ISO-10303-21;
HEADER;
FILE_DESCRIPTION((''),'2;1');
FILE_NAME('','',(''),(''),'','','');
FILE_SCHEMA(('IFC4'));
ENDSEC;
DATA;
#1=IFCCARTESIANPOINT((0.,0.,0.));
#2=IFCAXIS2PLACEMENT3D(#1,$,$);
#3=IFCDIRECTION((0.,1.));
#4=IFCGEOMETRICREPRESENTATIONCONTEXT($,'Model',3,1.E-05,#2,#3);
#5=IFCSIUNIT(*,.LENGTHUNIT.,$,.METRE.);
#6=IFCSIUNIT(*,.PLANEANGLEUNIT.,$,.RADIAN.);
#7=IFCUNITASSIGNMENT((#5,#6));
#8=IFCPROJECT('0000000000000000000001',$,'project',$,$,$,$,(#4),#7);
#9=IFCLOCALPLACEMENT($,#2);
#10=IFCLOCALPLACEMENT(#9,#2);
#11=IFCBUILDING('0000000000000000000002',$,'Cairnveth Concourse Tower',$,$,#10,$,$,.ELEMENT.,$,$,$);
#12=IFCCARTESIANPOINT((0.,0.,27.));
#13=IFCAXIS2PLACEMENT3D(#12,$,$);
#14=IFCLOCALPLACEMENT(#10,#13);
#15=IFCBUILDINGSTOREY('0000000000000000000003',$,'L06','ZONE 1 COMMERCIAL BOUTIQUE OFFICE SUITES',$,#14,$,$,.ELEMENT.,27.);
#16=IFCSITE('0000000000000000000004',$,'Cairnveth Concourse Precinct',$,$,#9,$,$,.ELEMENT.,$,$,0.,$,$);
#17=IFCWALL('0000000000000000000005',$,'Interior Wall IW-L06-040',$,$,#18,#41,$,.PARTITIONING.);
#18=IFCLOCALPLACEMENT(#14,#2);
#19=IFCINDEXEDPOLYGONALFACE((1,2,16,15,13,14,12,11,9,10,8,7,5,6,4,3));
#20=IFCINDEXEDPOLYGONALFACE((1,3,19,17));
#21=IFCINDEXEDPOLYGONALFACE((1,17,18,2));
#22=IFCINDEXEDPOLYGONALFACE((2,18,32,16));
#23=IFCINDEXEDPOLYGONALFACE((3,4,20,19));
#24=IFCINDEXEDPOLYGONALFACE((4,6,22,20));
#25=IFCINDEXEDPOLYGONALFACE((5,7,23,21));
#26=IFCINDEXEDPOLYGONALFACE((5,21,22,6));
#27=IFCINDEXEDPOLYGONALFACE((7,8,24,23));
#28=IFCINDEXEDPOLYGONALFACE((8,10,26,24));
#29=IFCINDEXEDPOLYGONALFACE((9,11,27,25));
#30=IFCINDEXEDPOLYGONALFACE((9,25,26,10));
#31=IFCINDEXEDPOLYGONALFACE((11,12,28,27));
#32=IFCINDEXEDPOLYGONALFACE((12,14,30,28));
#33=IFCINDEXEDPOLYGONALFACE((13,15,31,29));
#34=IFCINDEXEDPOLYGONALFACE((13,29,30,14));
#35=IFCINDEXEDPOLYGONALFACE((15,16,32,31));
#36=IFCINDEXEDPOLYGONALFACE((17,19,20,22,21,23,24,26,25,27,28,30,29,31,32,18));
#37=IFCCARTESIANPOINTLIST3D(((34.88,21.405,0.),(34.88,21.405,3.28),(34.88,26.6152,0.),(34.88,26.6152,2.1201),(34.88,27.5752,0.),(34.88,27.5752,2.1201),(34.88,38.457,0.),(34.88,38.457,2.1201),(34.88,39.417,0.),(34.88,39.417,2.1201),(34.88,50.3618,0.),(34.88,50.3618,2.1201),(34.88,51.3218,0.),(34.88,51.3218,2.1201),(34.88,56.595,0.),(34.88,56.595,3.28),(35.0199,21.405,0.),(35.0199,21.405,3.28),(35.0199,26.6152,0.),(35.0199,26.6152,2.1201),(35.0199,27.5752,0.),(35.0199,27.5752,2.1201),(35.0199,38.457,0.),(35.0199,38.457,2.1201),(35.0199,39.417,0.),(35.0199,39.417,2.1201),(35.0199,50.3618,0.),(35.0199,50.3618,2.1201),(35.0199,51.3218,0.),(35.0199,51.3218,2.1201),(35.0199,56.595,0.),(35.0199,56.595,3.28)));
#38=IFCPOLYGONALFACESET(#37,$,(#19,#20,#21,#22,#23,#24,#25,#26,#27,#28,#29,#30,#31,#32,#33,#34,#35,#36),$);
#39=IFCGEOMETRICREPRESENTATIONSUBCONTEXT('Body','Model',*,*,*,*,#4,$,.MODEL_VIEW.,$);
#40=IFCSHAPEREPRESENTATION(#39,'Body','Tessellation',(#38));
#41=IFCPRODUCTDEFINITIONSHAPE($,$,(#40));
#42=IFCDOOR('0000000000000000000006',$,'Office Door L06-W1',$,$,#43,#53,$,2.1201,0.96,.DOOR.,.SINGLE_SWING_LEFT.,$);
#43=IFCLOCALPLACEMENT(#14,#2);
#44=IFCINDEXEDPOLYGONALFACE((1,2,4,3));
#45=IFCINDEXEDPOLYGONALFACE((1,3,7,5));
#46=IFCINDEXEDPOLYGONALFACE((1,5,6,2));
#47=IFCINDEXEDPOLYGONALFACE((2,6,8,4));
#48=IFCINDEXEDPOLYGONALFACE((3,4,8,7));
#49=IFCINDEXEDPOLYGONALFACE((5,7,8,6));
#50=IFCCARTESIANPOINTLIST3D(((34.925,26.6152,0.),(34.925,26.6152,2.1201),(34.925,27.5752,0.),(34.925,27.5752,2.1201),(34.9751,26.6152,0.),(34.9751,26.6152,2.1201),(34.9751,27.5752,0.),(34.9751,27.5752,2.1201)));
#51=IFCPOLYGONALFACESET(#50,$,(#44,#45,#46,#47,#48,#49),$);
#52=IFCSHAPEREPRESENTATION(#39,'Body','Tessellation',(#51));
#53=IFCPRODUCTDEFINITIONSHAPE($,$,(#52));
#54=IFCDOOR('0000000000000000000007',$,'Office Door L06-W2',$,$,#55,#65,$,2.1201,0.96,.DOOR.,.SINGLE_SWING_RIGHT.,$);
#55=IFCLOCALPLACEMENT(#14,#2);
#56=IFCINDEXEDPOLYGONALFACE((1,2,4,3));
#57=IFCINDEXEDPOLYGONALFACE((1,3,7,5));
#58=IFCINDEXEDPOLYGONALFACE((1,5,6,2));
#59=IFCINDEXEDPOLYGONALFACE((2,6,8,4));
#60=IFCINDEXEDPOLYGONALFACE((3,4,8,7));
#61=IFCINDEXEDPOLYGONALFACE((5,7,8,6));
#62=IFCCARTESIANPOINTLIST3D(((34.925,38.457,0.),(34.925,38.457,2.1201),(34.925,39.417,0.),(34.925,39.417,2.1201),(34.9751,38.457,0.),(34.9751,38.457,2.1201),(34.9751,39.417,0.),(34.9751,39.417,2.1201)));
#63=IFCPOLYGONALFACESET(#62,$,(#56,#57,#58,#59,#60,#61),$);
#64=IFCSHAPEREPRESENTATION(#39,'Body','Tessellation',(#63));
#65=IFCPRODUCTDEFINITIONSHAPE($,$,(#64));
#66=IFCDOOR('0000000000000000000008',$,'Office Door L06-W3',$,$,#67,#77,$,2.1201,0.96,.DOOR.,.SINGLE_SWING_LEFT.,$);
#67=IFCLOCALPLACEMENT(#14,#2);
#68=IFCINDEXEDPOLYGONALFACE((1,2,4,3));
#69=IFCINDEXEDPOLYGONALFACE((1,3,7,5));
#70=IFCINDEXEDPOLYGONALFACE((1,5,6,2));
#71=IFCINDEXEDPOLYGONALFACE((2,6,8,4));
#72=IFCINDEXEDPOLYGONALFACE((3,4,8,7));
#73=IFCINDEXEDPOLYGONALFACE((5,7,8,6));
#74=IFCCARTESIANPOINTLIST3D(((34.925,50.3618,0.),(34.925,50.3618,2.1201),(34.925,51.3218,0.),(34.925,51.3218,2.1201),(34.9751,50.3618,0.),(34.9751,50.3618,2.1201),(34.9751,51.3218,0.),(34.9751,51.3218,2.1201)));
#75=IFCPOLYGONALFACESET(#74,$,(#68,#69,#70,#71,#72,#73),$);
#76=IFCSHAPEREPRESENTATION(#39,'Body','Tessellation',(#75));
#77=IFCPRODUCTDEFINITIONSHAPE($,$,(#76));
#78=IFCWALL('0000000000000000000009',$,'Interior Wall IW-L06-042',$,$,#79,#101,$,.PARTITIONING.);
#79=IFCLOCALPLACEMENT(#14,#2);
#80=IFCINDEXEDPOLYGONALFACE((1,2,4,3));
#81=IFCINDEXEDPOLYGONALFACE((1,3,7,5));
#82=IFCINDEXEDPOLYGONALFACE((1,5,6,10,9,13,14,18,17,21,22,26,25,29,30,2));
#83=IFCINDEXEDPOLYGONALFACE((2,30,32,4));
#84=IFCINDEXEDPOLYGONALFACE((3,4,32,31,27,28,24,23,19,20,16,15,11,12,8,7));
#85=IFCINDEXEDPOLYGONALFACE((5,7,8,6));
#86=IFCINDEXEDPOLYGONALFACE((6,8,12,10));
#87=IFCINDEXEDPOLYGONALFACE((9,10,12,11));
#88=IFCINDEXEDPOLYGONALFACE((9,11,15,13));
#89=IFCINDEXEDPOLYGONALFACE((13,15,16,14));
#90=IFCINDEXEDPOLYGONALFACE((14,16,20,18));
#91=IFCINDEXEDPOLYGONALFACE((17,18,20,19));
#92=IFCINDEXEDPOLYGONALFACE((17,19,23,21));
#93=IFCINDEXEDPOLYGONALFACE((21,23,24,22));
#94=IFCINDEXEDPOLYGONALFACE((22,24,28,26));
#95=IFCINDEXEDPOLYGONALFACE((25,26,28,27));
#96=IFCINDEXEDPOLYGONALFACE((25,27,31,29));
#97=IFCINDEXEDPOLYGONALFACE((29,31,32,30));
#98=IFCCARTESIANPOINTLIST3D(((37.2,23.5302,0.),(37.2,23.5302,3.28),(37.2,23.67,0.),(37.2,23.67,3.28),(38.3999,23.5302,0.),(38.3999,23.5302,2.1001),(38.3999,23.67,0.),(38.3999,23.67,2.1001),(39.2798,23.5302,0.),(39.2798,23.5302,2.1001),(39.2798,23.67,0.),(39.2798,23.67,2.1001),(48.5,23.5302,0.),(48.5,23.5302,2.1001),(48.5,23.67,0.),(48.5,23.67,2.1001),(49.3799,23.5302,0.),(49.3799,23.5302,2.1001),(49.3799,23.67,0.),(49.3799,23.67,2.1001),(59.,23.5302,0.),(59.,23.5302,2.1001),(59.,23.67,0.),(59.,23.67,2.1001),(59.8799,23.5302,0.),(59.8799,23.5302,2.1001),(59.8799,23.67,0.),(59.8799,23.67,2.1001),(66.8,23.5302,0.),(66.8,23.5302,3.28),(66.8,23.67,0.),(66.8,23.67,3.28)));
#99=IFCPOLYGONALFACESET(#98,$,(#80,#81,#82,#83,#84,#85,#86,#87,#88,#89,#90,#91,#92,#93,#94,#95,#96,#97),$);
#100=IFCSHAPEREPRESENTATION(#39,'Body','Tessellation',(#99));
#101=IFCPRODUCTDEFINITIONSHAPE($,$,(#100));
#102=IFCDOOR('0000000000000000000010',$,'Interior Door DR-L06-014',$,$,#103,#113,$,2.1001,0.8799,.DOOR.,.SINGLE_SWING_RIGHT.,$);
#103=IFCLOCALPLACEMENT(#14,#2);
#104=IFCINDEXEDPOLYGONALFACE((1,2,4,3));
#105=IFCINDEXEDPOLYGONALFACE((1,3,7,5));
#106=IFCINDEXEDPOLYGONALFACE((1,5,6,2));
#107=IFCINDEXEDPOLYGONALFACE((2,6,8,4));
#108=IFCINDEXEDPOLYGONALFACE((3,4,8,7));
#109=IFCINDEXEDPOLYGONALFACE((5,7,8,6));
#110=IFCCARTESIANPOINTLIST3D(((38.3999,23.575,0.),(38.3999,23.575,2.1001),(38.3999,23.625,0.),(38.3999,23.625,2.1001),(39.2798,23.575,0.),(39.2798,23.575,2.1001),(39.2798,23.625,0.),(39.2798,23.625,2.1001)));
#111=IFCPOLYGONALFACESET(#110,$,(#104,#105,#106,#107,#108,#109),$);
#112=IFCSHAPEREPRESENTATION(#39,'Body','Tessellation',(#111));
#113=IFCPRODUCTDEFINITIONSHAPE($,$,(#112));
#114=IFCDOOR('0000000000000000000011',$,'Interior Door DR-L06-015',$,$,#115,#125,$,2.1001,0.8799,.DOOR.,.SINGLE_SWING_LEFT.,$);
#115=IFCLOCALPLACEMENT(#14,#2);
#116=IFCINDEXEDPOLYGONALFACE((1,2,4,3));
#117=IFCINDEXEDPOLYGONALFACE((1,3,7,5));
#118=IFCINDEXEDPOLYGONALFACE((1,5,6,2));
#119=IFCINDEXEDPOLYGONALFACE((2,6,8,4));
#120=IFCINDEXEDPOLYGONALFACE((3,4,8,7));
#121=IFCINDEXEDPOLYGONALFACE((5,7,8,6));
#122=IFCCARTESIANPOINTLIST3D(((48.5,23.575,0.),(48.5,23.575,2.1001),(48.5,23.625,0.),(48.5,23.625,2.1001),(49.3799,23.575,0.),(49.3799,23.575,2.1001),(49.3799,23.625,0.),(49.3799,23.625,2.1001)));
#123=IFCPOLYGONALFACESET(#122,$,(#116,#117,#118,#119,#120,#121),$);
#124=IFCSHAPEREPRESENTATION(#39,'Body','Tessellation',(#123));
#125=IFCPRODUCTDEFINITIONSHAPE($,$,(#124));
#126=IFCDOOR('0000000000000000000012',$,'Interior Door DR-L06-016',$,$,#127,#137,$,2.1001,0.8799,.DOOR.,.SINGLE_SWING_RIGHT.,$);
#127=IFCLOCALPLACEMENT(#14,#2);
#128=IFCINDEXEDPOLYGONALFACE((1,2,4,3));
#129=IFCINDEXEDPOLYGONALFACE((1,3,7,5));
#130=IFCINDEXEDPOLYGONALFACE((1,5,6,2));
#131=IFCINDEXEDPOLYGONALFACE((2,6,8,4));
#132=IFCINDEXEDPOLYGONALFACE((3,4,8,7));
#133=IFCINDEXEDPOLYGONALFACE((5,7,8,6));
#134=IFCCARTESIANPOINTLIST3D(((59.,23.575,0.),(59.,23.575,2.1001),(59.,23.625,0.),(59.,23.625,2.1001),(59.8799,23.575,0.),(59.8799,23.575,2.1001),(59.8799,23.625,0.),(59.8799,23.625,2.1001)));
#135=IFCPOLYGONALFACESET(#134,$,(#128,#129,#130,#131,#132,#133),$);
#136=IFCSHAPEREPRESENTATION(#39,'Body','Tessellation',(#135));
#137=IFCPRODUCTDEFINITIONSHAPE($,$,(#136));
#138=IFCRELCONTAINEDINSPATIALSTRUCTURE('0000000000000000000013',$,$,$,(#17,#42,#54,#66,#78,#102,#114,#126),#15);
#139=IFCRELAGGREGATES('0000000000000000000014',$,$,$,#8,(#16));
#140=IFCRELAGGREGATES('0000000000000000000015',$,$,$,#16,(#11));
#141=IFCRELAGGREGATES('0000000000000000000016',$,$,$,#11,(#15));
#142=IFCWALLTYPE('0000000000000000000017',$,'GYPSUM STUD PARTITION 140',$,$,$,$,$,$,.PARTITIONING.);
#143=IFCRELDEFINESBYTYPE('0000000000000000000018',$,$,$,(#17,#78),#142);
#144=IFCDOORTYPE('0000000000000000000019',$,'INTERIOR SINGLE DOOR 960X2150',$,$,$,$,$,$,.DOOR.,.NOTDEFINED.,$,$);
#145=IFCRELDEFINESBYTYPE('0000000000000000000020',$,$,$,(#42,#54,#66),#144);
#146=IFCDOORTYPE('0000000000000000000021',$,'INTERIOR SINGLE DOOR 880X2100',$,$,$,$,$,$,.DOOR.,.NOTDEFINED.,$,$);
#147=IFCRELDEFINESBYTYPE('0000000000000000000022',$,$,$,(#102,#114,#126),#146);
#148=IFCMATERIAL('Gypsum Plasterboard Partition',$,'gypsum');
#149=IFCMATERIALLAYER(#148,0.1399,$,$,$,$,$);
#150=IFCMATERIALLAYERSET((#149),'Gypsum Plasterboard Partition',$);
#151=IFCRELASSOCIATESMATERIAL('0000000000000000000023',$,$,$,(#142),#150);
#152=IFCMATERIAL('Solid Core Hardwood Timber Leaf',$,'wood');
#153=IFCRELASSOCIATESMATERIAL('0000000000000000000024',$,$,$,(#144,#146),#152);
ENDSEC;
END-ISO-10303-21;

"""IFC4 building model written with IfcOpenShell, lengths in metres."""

from ifc_helpers import new_model, si_unit, direction, frame, frame_2d, origin, place, context, subcontext, project, spatial, rectangle, extrude, material, layer, layer_set, type_object, element, fill, save


model = new_model("IFC4")

# Units and contexts
model_context = context("Model", 3, precision=1e-05, world=origin(), true_north=direction((0.0, 1.0)))
body_context = subcontext(model_context, "Body", "Model", "MODEL_VIEW")
ifc_project = project(units=[si_unit("LENGTHUNIT", "METRE"), si_unit("PLANEANGLEUNIT", "RADIAN")], contexts=[model_context])

# Site, building, storey
site_placement = place(None, origin())
site = spatial("IfcSite", under=ifc_project, at=site_placement, Name="Cairnveth Concourse Precinct", CompositionType="ELEMENT", RefElevation=0.0)
building_placement = place(site_placement, origin())
building = spatial("IfcBuilding", under=site, at=building_placement, Name="Cairnveth Concourse Tower", CompositionType="ELEMENT")
storey_placement = place(building_placement, frame((0.0, 0.0, 27.0)))
storey = spatial("IfcBuildingStorey", under=building, at=storey_placement, Name="L06", Description="ZONE 1 COMMERCIAL BOUTIQUE OFFICE SUITES", CompositionType="ELEMENT", Elevation=27.0)

# Walls, openings, doors
ifc_material_1 = material(Name="Gypsum Plasterboard Partition", Category="gypsum")
ifc_layer_1 = layer(ifc_material_1, 0.1399)
ifc_layer_set_1 = layer_set([ifc_layer_1], Name="Gypsum Plasterboard Partition")
wall_type_1 = type_object("IfcWallType", Name="GYPSUM STUD PARTITION 140", PredefinedType="PARTITIONING", material=ifc_layer_set_1)
ifc_material_2 = material(Name="Solid Core Hardwood Timber Leaf", Category="wood")
door_type_1 = type_object("IfcDoorType", Name="INTERIOR SINGLE DOOR 960X2150", OperationType="NOTDEFINED", PredefinedType="DOOR", material=ifc_material_2)
wall_1_placement = place(storey_placement, frame((34.95, 21.405, 0.0), z_axis=(0.0, 0.0, 1.0), x_axis=(0.0, 1.0, 0.0)))
wall_1 = element("IfcWall", 1, at=wall_1_placement, inside=storey, type_object=wall_type_1, Name="Interior Wall IW-L06-040", PredefinedType="PARTITIONING", context=body_context, shape_type="SweptSolid", body=[
    extrude(rectangle(XDim=35.1899, YDim=0.1399, at=frame_2d((17.595, 0.0))), origin(), (0.0, 0.0, 1.0), 3.28),
])
opening_1_placement = place(wall_1_placement, frame((5.2102, 0.0, 0.0)))
opening_1 = element("IfcOpeningElement", 2, at=opening_1_placement, cuts=wall_1, PredefinedType="OPENING", context=body_context, shape_type="SweptSolid", body=[
    extrude(rectangle(XDim=0.96, YDim=2.1201, at=frame_2d((0.48, 1.0601))), frame((0.0, 0.0798, 0.0), z_axis=(0.0, -1.0, 0.0), x_axis=(1.0, 0.0, 0.0)), (0.0, 0.0, 1.0), 0.1599),
])
opening_2_placement = place(wall_1_placement, frame((17.052, 0.0, 0.0)))
opening_2 = element("IfcOpeningElement", 3, at=opening_2_placement, cuts=wall_1, PredefinedType="OPENING", context=body_context, shape_type="SweptSolid", body=[
    extrude(rectangle(XDim=0.96, YDim=2.1201, at=frame_2d((0.48, 1.0601))), frame((0.0, 0.0798, 0.0), z_axis=(0.0, -1.0, 0.0), x_axis=(1.0, 0.0, 0.0)), (0.0, 0.0, 1.0), 0.1599),
])
opening_3_placement = place(wall_1_placement, frame((28.9568, 0.0, 0.0)))
opening_3 = element("IfcOpeningElement", 4, at=opening_3_placement, cuts=wall_1, PredefinedType="OPENING", context=body_context, shape_type="SweptSolid", body=[
    extrude(rectangle(XDim=0.96, YDim=2.1201, at=frame_2d((0.48, 1.0601))), frame((0.0, 0.0798, 0.0), z_axis=(0.0, -1.0, 0.0), x_axis=(1.0, 0.0, 0.0)), (0.0, 0.0, 1.0), 0.1599),
])
door_1_placement = place(opening_1_placement, origin())
door_1 = element("IfcDoor", 5, at=door_1_placement, inside=storey, type_object=door_type_1, Name="Office Door L06-W1", OperationType="SINGLE_SWING_LEFT", OverallHeight=2.1201, OverallWidth=0.96, PredefinedType="DOOR", context=body_context, shape_type="SweptSolid", body=[
    extrude(rectangle(XDim=0.96, YDim=2.1201, at=frame_2d((0.48, 1.0601))), frame((0.0, 0.0249, 0.0), z_axis=(0.0, -1.0, 0.0), x_axis=(1.0, 0.0, 0.0)), (0.0, 0.0, 1.0), 0.05),
])
fill(opening_1, door_1)
door_2_placement = place(opening_2_placement, origin())
door_2 = element("IfcDoor", 6, at=door_2_placement, inside=storey, type_object=door_type_1, Name="Office Door L06-W2", OperationType="SINGLE_SWING_RIGHT", OverallHeight=2.1201, OverallWidth=0.96, PredefinedType="DOOR", context=body_context, shape_type="SweptSolid", body=[
    extrude(rectangle(XDim=0.96, YDim=2.1201, at=frame_2d((0.48, 1.0601))), frame((0.0, 0.0249, 0.0), z_axis=(0.0, -1.0, 0.0), x_axis=(1.0, 0.0, 0.0)), (0.0, 0.0, 1.0), 0.05),
])
fill(opening_2, door_2)
door_3_placement = place(opening_3_placement, origin())
door_3 = element("IfcDoor", 7, at=door_3_placement, inside=storey, type_object=door_type_1, Name="Office Door L06-W3", OperationType="SINGLE_SWING_LEFT", OverallHeight=2.1201, OverallWidth=0.96, PredefinedType="DOOR", context=body_context, shape_type="SweptSolid", body=[
    extrude(rectangle(XDim=0.96, YDim=2.1201, at=frame_2d((0.48, 1.0601))), frame((0.0, 0.0249, 0.0), z_axis=(0.0, -1.0, 0.0), x_axis=(1.0, 0.0, 0.0)), (0.0, 0.0, 1.0), 0.05),
])
fill(opening_3, door_3)
wall_2_placement = place(storey_placement, frame((37.2, 23.6001, 0.0), z_axis=(0.0, 0.0, 1.0), x_axis=(1.0, 0.0, 0.0)))
wall_2 = element("IfcWall", 8, at=wall_2_placement, inside=storey, type_object=wall_type_1, Name="Interior Wall IW-L06-042", PredefinedType="PARTITIONING", context=body_context, shape_type="SweptSolid", body=[
    extrude(rectangle(XDim=29.6001, YDim=0.1399, at=frame_2d((14.8, 0.0))), origin(), (0.0, 0.0, 1.0), 3.28),
])
opening_4_placement = place(wall_2_placement, frame((1.2, 0.0, 0.0)))
opening_4 = element("IfcOpeningElement", 9, at=opening_4_placement, cuts=wall_2, PredefinedType="OPENING", context=body_context, shape_type="SweptSolid", body=[
    extrude(rectangle(XDim=0.8799, YDim=2.1001, at=frame_2d((0.4399, 1.05))), frame((0.0, 0.0798, 0.0), z_axis=(0.0, -1.0, 0.0), x_axis=(1.0, 0.0, 0.0)), (0.0, 0.0, 1.0), 0.1599),
])
opening_5_placement = place(wall_2_placement, frame((11.3, 0.0, 0.0)))
opening_5 = element("IfcOpeningElement", 10, at=opening_5_placement, cuts=wall_2, PredefinedType="OPENING", context=body_context, shape_type="SweptSolid", body=[
    extrude(rectangle(XDim=0.8799, YDim=2.1001, at=frame_2d((0.4399, 1.05))), frame((0.0, 0.0798, 0.0), z_axis=(0.0, -1.0, 0.0), x_axis=(1.0, 0.0, 0.0)), (0.0, 0.0, 1.0), 0.1599),
])
opening_6_placement = place(wall_2_placement, frame((21.8, 0.0, 0.0)))
opening_6 = element("IfcOpeningElement", 11, at=opening_6_placement, cuts=wall_2, PredefinedType="OPENING", context=body_context, shape_type="SweptSolid", body=[
    extrude(rectangle(XDim=0.8799, YDim=2.1001, at=frame_2d((0.4399, 1.05))), frame((0.0, 0.0798, 0.0), z_axis=(0.0, -1.0, 0.0), x_axis=(1.0, 0.0, 0.0)), (0.0, 0.0, 1.0), 0.1599),
])
door_type_2 = type_object("IfcDoorType", Name="INTERIOR SINGLE DOOR 880X2100", OperationType="NOTDEFINED", PredefinedType="DOOR", material=ifc_material_2)
door_4_placement = place(opening_4_placement, origin())
door_4 = element("IfcDoor", 12, at=door_4_placement, inside=storey, type_object=door_type_2, Name="Interior Door DR-L06-014", OperationType="SINGLE_SWING_RIGHT", OverallHeight=2.1001, OverallWidth=0.8799, PredefinedType="DOOR", context=body_context, shape_type="SweptSolid", body=[
    extrude(rectangle(XDim=0.8799, YDim=2.1001, at=frame_2d((0.4399, 1.05))), frame((0.0, 0.0249, 0.0), z_axis=(0.0, -1.0, 0.0), x_axis=(1.0, 0.0, 0.0)), (0.0, 0.0, 1.0), 0.05),
])
fill(opening_4, door_4)
door_5_placement = place(opening_5_placement, origin())
door_5 = element("IfcDoor", 13, at=door_5_placement, inside=storey, type_object=door_type_2, Name="Interior Door DR-L06-015", OperationType="SINGLE_SWING_LEFT", OverallHeight=2.1001, OverallWidth=0.8799, PredefinedType="DOOR", context=body_context, shape_type="SweptSolid", body=[
    extrude(rectangle(XDim=0.8799, YDim=2.1001, at=frame_2d((0.4399, 1.05))), frame((0.0, 0.0249, 0.0), z_axis=(0.0, -1.0, 0.0), x_axis=(1.0, 0.0, 0.0)), (0.0, 0.0, 1.0), 0.05),
])
fill(opening_5, door_5)
door_6_placement = place(opening_6_placement, origin())
door_6 = element("IfcDoor", 14, at=door_6_placement, inside=storey, type_object=door_type_2, Name="Interior Door DR-L06-016", OperationType="SINGLE_SWING_RIGHT", OverallHeight=2.1001, OverallWidth=0.8799, PredefinedType="DOOR", context=body_context, shape_type="SweptSolid", body=[
    extrude(rectangle(XDim=0.8799, YDim=2.1001, at=frame_2d((0.4399, 1.05))), frame((0.0, 0.0249, 0.0), z_axis=(0.0, -1.0, 0.0), x_axis=(1.0, 0.0, 0.0)), (0.0, 0.0, 1.0), 0.05),
])
fill(opening_6, door_6)

save(model, "model.ifc")
